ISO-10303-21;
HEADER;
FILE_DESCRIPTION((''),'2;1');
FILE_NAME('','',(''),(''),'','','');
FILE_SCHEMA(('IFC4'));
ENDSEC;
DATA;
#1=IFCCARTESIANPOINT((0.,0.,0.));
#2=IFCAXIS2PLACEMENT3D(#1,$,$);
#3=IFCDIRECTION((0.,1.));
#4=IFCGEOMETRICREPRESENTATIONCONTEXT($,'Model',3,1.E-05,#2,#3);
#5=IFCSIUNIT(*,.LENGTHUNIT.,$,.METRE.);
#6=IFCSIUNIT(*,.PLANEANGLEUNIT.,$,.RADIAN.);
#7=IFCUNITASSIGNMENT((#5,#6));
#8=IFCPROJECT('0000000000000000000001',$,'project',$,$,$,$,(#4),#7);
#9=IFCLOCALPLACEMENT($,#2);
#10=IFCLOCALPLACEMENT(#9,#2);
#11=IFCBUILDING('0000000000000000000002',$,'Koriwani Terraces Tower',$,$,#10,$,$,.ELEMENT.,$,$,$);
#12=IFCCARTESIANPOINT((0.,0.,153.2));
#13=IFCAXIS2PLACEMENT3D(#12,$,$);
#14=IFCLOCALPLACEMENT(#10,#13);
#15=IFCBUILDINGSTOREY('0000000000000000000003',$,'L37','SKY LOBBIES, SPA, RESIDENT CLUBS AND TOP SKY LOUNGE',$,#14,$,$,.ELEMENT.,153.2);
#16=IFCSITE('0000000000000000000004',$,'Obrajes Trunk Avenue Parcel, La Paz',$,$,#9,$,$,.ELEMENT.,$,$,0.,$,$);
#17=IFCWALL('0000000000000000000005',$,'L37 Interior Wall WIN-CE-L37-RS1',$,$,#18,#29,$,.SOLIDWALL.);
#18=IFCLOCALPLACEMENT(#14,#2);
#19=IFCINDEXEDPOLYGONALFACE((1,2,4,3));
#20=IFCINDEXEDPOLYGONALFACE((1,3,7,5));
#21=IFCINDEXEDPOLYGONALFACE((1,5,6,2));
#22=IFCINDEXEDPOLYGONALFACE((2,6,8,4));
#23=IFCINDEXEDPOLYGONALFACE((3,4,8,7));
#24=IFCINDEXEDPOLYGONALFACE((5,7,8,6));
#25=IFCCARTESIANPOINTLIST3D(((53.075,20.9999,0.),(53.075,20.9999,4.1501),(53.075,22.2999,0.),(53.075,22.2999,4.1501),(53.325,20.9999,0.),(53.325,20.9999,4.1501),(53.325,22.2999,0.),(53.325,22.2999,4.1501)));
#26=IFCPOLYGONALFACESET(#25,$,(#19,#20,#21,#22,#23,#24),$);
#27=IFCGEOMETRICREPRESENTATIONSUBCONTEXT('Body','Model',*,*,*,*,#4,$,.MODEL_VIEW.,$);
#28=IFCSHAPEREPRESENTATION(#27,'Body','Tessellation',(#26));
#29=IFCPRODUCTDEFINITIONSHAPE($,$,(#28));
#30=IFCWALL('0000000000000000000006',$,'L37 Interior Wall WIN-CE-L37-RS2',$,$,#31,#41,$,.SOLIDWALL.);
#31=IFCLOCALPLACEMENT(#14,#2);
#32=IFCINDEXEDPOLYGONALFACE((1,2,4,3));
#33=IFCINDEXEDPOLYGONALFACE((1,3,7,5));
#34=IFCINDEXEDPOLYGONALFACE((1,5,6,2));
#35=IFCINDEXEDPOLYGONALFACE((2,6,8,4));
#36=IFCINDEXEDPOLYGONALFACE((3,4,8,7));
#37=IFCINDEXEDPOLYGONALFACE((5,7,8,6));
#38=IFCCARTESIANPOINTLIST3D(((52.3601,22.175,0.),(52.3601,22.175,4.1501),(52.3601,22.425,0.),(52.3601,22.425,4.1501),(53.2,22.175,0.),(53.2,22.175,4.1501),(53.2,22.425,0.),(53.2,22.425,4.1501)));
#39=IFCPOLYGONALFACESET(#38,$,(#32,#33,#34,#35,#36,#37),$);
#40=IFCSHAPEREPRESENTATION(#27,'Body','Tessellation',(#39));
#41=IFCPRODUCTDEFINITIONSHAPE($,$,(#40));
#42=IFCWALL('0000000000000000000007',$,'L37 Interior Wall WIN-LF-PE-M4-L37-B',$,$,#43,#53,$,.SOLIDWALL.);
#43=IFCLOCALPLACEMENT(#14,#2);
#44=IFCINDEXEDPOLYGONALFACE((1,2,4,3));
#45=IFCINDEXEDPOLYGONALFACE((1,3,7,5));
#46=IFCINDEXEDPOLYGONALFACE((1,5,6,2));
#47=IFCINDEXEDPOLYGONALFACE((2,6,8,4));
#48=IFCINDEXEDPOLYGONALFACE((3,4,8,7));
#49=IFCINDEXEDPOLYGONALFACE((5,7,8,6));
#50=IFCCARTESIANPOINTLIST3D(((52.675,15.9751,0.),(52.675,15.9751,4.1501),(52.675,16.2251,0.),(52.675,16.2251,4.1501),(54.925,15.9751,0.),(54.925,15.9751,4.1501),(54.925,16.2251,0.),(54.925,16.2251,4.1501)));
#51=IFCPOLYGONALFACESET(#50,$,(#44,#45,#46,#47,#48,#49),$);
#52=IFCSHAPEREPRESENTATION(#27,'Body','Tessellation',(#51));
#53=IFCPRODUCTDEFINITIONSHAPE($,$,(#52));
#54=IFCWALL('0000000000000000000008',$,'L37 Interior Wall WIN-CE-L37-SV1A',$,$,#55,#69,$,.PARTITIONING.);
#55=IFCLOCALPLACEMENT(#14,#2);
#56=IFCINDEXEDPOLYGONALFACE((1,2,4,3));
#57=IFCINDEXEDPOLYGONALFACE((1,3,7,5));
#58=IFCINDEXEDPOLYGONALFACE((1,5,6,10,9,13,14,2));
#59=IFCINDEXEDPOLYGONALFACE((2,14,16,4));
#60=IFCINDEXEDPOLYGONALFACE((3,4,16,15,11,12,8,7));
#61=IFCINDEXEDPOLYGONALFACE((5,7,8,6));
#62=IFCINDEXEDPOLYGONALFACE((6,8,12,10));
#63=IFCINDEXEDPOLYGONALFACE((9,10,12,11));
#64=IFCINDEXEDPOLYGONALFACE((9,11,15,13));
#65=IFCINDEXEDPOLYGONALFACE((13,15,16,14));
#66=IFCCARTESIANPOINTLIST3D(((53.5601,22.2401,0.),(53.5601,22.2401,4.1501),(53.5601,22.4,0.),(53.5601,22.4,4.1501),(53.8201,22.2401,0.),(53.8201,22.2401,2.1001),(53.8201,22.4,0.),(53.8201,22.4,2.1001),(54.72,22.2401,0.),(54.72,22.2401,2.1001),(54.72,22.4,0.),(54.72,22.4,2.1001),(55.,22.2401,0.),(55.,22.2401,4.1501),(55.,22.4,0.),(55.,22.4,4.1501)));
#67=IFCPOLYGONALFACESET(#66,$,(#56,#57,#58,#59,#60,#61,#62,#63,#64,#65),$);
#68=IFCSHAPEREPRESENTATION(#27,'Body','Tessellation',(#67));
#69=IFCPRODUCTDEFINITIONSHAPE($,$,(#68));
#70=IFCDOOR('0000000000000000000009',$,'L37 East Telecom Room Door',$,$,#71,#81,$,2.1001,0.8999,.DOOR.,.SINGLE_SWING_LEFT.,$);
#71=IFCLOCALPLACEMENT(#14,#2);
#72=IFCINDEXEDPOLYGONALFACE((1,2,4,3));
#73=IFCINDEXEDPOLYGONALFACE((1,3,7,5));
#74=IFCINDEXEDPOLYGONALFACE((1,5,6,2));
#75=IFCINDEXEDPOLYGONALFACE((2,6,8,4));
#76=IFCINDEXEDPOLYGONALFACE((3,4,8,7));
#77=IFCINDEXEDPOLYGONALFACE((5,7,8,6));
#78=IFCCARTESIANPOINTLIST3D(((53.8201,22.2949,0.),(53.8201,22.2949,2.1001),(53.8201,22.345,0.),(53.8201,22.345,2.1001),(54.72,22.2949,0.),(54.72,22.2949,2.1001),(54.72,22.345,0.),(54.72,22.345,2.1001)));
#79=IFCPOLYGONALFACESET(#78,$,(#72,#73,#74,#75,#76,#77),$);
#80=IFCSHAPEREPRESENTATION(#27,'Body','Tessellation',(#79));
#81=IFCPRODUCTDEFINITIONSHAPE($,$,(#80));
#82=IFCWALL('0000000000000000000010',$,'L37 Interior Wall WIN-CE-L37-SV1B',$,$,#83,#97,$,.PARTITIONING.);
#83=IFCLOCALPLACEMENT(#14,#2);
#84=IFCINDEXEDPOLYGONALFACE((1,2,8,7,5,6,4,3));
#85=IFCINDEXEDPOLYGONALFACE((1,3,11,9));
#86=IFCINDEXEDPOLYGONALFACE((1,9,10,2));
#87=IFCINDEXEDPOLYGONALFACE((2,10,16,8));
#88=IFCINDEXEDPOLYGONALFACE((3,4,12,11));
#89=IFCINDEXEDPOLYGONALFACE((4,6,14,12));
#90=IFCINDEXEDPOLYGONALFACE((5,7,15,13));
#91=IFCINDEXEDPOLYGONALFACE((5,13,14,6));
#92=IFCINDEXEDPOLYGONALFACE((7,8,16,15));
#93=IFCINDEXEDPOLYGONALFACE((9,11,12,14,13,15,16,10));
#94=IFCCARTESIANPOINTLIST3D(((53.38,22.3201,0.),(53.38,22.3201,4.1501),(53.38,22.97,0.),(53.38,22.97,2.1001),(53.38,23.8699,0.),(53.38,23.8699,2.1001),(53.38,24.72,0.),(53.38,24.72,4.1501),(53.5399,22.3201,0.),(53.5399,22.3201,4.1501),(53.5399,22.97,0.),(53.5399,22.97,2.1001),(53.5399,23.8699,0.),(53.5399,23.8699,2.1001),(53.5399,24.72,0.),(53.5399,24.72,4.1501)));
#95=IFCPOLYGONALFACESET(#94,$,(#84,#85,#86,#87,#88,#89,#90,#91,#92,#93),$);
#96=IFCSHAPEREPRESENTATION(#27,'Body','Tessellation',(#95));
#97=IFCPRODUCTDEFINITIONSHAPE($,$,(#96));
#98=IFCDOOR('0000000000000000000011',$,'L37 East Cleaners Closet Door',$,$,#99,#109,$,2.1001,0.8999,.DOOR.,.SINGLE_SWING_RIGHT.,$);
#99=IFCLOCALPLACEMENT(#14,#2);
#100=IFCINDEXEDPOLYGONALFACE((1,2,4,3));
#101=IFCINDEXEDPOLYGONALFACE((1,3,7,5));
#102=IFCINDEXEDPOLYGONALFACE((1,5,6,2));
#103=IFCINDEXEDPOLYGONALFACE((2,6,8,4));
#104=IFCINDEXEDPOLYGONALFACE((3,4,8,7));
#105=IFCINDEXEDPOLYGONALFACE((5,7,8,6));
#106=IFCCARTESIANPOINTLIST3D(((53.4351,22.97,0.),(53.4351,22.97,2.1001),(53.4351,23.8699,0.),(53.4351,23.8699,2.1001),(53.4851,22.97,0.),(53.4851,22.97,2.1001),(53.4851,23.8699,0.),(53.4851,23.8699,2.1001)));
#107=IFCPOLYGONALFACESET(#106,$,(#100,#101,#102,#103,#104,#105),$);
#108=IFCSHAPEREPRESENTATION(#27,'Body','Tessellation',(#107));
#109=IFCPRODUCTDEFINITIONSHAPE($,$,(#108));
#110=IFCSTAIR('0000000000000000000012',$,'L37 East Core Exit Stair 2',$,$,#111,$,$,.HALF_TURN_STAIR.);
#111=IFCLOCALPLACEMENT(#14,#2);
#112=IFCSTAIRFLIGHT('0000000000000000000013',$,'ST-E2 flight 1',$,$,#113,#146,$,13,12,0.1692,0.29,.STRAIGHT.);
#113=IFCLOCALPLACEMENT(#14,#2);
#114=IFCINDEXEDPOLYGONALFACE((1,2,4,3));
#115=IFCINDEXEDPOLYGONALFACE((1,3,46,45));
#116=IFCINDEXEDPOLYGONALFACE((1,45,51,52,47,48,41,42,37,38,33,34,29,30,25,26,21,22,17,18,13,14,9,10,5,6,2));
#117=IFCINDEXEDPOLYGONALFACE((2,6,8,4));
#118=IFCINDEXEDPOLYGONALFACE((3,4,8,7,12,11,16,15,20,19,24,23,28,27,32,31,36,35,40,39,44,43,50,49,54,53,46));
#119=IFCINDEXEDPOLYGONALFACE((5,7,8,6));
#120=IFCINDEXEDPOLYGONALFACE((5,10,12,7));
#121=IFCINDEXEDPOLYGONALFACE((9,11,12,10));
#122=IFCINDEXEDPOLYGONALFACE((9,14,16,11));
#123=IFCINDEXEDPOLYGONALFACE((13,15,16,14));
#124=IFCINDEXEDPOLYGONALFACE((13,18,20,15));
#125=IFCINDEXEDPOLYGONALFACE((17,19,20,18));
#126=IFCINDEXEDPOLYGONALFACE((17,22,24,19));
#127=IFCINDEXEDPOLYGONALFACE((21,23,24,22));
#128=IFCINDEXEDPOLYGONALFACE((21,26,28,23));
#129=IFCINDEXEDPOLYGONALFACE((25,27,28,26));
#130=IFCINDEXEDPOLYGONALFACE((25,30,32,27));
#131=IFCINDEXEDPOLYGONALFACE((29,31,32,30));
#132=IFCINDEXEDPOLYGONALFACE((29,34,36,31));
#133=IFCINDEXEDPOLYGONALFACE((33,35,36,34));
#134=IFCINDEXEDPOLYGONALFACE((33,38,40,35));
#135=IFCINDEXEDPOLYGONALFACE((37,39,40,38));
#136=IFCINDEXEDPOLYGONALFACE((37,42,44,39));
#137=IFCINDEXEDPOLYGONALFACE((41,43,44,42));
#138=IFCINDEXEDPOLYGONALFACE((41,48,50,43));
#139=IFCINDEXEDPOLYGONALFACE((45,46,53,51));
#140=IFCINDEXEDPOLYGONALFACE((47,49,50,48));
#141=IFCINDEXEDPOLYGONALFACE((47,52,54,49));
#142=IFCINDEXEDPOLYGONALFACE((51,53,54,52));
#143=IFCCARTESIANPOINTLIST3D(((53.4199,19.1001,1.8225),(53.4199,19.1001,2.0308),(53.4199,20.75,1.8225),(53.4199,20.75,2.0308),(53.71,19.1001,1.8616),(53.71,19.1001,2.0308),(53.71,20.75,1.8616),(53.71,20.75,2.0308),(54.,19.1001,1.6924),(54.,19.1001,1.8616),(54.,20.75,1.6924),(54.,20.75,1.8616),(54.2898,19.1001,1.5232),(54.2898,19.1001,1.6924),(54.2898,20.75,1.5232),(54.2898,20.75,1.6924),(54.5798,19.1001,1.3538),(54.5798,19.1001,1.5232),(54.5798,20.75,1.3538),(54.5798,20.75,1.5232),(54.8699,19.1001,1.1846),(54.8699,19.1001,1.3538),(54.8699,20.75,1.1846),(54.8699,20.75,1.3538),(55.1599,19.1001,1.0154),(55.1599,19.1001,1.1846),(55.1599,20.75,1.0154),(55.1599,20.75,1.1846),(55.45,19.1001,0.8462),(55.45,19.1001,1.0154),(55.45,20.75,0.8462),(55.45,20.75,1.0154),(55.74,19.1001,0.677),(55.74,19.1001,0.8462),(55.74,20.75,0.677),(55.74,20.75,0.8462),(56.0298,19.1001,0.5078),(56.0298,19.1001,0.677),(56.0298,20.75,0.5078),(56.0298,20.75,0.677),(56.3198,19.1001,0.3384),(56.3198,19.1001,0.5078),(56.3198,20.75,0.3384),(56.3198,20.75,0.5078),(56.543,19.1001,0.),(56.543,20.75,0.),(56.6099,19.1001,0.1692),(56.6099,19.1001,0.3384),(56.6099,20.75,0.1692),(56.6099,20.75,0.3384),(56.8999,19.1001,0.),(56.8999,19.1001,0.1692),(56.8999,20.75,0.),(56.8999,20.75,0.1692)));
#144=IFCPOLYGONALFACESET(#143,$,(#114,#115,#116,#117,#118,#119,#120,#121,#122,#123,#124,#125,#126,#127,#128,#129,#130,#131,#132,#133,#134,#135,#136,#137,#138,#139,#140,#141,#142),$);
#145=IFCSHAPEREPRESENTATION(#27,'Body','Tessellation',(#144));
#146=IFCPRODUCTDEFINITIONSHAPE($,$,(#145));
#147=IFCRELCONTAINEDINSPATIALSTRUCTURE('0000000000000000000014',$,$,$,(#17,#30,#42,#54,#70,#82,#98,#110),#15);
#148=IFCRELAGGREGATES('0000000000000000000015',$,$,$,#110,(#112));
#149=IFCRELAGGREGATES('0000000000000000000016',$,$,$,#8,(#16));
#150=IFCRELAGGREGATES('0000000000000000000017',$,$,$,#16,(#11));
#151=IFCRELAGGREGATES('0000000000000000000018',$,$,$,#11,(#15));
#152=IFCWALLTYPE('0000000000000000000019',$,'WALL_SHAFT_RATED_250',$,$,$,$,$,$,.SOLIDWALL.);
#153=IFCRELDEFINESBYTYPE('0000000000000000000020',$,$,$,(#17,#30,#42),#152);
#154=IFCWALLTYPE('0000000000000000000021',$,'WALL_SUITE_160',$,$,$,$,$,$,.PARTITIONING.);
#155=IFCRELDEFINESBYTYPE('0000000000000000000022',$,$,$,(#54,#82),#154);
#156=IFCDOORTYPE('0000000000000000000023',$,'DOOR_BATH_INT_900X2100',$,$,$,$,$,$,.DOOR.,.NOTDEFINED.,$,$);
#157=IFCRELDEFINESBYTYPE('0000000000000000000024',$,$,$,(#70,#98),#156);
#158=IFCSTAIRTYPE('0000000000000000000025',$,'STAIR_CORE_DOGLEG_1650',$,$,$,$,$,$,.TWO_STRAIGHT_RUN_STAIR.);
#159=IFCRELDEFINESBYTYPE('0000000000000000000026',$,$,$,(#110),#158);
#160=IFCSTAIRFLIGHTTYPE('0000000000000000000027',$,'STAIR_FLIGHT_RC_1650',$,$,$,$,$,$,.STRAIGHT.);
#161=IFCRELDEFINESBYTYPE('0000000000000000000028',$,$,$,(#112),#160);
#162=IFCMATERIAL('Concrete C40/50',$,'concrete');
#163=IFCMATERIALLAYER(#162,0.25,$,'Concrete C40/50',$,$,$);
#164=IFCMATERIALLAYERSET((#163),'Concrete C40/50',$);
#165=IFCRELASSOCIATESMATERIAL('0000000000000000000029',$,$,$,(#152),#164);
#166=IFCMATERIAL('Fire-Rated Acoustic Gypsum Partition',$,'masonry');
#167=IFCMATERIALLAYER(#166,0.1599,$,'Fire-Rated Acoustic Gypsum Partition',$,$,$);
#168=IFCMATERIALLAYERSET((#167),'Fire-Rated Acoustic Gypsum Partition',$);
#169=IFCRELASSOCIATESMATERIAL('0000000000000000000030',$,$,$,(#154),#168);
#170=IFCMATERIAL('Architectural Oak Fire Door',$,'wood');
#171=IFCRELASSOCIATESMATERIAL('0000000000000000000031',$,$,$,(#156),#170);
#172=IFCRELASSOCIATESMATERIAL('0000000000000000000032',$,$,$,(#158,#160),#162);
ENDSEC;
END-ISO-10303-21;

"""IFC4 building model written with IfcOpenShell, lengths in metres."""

from ifc_helpers import new_model, si_unit, direction, frame, frame_2d, origin, place, context, subcontext, project, spatial, polyline, rectangle, outline, extrude, material, layer, layer_set, type_object, element, fill, aggregate, save


model = new_model("IFC4")

# Units and contexts
model_context = context("Model", 3, precision=1e-05, world=origin(), true_north=direction((0.0, 1.0)))
body_context = subcontext(model_context, "Body", "Model", "MODEL_VIEW")
ifc_project = project(units=[si_unit("LENGTHUNIT", "METRE"), si_unit("PLANEANGLEUNIT", "RADIAN")], contexts=[model_context])

# Site, building, storey
site_placement = place(None, origin())
site = spatial("IfcSite", under=ifc_project, at=site_placement, Name="Obrajes Trunk Avenue Parcel, La Paz", CompositionType="ELEMENT", RefElevation=0.0)
building_placement = place(site_placement, origin())
building = spatial("IfcBuilding", under=site, at=building_placement, Name="Koriwani Terraces Tower", CompositionType="ELEMENT")
storey_placement = place(building_placement, frame((0.0, 0.0, 153.2)))
storey = spatial("IfcBuildingStorey", under=building, at=storey_placement, Name="L37", Description="SKY LOBBIES, SPA, RESIDENT CLUBS AND TOP SKY LOUNGE", CompositionType="ELEMENT", Elevation=153.2)

# Shared definitions
ifc_material_1 = material(Name="Concrete C40/50", Category="concrete")

# Shared definitions
ifc_layer_1 = layer(ifc_material_1, 0.25, Name="Concrete C40/50")
ifc_layer_set_1 = layer_set([ifc_layer_1], Name="Concrete C40/50")
wall_type_1 = type_object("IfcWallType", Name="WALL_SHAFT_RATED_250", PredefinedType="SOLIDWALL", material=ifc_layer_set_1)

# Walls
wall_1_placement = place(storey_placement, frame((53.2, 21.0, 0.0), z_axis=(0.0, 0.0, 1.0), x_axis=(0.0, 1.0, 0.0)))
element("IfcWall", 1, at=wall_1_placement, inside=storey, type_object=wall_type_1, Name="L37 Interior Wall WIN-CE-L37-RS1", PredefinedType="SOLIDWALL", context=body_context, shape_type="SweptSolid", body=[
    extrude(rectangle(XDim=1.3, YDim=0.25, at=frame_2d((0.6499, 0.0))), origin(), (0.0, 0.0, 1.0), 4.1501),
])
wall_2_placement = place(storey_placement, frame((52.3601, 22.3, 0.0), z_axis=(0.0, 0.0, 1.0), x_axis=(1.0, 0.0, 0.0)))
element("IfcWall", 2, at=wall_2_placement, inside=storey, type_object=wall_type_1, Name="L37 Interior Wall WIN-CE-L37-RS2", PredefinedType="SOLIDWALL", context=body_context, shape_type="SweptSolid", body=[
    extrude(rectangle(XDim=0.8398, YDim=0.25, at=frame_2d((0.4199, 0.0))), origin(), (0.0, 0.0, 1.0), 4.1501),
])
wall_3_placement = place(storey_placement, frame((52.675, 16.1001, 0.0), z_axis=(0.0, 0.0, 1.0), x_axis=(1.0, 0.0, 0.0)))
element("IfcWall", 3, at=wall_3_placement, inside=storey, type_object=wall_type_1, Name="L37 Interior Wall WIN-LF-PE-M4-L37-B", PredefinedType="SOLIDWALL", context=body_context, shape_type="SweptSolid", body=[
    extrude(rectangle(XDim=2.25, YDim=0.25, at=frame_2d((1.125, 0.0))), origin(), (0.0, 0.0, 1.0), 4.1501),
])

# Walls, openings, doors
ifc_material_2 = material(Name="Fire-Rated Acoustic Gypsum Partition", Category="masonry")
ifc_layer_2 = layer(ifc_material_2, 0.1599, Name="Fire-Rated Acoustic Gypsum Partition")
ifc_layer_set_2 = layer_set([ifc_layer_2], Name="Fire-Rated Acoustic Gypsum Partition")
wall_type_2 = type_object("IfcWallType", Name="WALL_SUITE_160", PredefinedType="PARTITIONING", material=ifc_layer_set_2)
wall_4_placement = place(storey_placement, frame((53.5601, 22.3201, 0.0), z_axis=(0.0, 0.0, 1.0), x_axis=(1.0, 0.0, 0.0)))
wall_4 = element("IfcWall", 4, at=wall_4_placement, inside=storey, type_object=wall_type_2, Name="L37 Interior Wall WIN-CE-L37-SV1A", PredefinedType="PARTITIONING", context=body_context, shape_type="SweptSolid", body=[
    extrude(rectangle(XDim=1.4399, YDim=0.1599, at=frame_2d((0.72, 0.0))), origin(), (0.0, 0.0, 1.0), 4.1501),
])
opening_1_placement = place(wall_4_placement, frame((0.26, 0.0, 0.0)))
opening_1 = element("IfcOpeningElement", 5, at=opening_1_placement, cuts=wall_4, PredefinedType="OPENING", context=body_context, shape_type="SweptSolid", body=[
    extrude(rectangle(XDim=0.8999, YDim=2.1001, at=frame_2d((0.45, 1.05))), frame((0.0, 0.0898, 0.0), z_axis=(0.0, -1.0, 0.0), x_axis=(1.0, 0.0, 0.0)), (0.0, 0.0, 1.0), 0.1799),
])
ifc_material_3 = material(Name="Architectural Oak Fire Door", Category="wood")
door_type_1 = type_object("IfcDoorType", Name="DOOR_BATH_INT_900X2100", OperationType="NOTDEFINED", PredefinedType="DOOR", material=ifc_material_3)
door_1_placement = place(opening_1_placement, origin())
door_1 = element("IfcDoor", 6, at=door_1_placement, inside=storey, type_object=door_type_1, Name="L37 East Telecom Room Door", OperationType="SINGLE_SWING_LEFT", OverallHeight=2.1001, OverallWidth=0.8999, PredefinedType="DOOR", context=body_context, shape_type="SweptSolid", body=[
    extrude(rectangle(XDim=0.8999, YDim=2.1001, at=frame_2d((0.45, 1.05))), frame((0.0, 0.0249, 0.0), z_axis=(0.0, -1.0, 0.0), x_axis=(1.0, 0.0, 0.0)), (0.0, 0.0, 1.0), 0.05),
])
fill(opening_1, door_1)
wall_5_placement = place(storey_placement, frame((53.46, 22.3201, 0.0), z_axis=(0.0, 0.0, 1.0), x_axis=(0.0, 1.0, 0.0)))
wall_5 = element("IfcWall", 7, at=wall_5_placement, inside=storey, type_object=wall_type_2, Name="L37 Interior Wall WIN-CE-L37-SV1B", PredefinedType="PARTITIONING", context=body_context, shape_type="SweptSolid", body=[
    extrude(rectangle(XDim=2.3999, YDim=0.1599, at=frame_2d((1.2, 0.0))), origin(), (0.0, 0.0, 1.0), 4.1501),
])
opening_2_placement = place(wall_5_placement, frame((0.6499, 0.0, 0.0)))
opening_2 = element("IfcOpeningElement", 8, at=opening_2_placement, cuts=wall_5, PredefinedType="OPENING", context=body_context, shape_type="SweptSolid", body=[
    extrude(rectangle(XDim=0.8999, YDim=2.1001, at=frame_2d((0.45, 1.05))), frame((0.0, 0.0898, 0.0), z_axis=(0.0, -1.0, 0.0), x_axis=(1.0, 0.0, 0.0)), (0.0, 0.0, 1.0), 0.1799),
])
door_2_placement = place(opening_2_placement, origin())
door_2 = element("IfcDoor", 9, at=door_2_placement, inside=storey, type_object=door_type_1, Name="L37 East Cleaners Closet Door", OperationType="SINGLE_SWING_RIGHT", OverallHeight=2.1001, OverallWidth=0.8999, PredefinedType="DOOR", context=body_context, shape_type="SweptSolid", body=[
    extrude(rectangle(XDim=0.8999, YDim=2.1001, at=frame_2d((0.45, 1.05))), frame((0.0, 0.0249, 0.0), z_axis=(0.0, -1.0, 0.0), x_axis=(1.0, 0.0, 0.0)), (0.0, 0.0, 1.0), 0.05),
])
fill(opening_2, door_2)

# Stair, stair flight
stair_type = type_object("IfcStairType", Name="STAIR_CORE_DOGLEG_1650", PredefinedType="TWO_STRAIGHT_RUN_STAIR", material=ifc_material_1)
stair_placement = place(storey_placement, origin())
stair = element("IfcStair", 10, at=stair_placement, inside=storey, type_object=stair_type, Name="L37 East Core Exit Stair 2", PredefinedType="HALF_TURN_STAIR")
stair_flight_type = type_object("IfcStairFlightType", Name="STAIR_FLIGHT_RC_1650", PredefinedType="STRAIGHT", material=ifc_material_1)
stair_flight_1_placement = place(storey_placement, frame((56.8999, 19.925, 0.0), z_axis=(0.0, 0.0, 1.0), x_axis=(-1.0, 0.0, 0.0)))
stair_flight_1 = element("IfcStairFlight", 11, at=stair_flight_1_placement, type_object=stair_flight_type, Name="ST-E2 flight 1", NumberOfRisers=13, NumberOfTreads=12, PredefinedType="STRAIGHT", RiserHeight=0.1692, TreadLength=0.29, context=body_context, shape_type="SweptSolid", body=[
    extrude(outline(polyline([(0.0, 0.0), (0.0, 0.1692), (0.29, 0.1692), (0.29, 0.3384), (0.5801, 0.3384), (0.5801, 0.5078), (0.8701, 0.5078), (0.8701, 0.677), (1.1599, 0.677), (1.1599, 0.8462), (1.45, 0.8462), (1.45, 1.0154), (1.74, 1.0154), (1.74, 1.1846), (2.03, 1.1846), (2.03, 1.3538), (2.3201, 1.3538), (2.3201, 1.5232), (2.6101, 1.5232), (2.6101, 1.6924), (2.8999, 1.6924), (2.8999, 1.8616), (3.1899, 1.8616), (3.1899, 2.0308), (3.48, 2.0308), (3.48, 2.2), (3.48, 1.8225), (0.3569, 0.0), (0.0, 0.0)])), frame((0.0, 0.825, 0.0), z_axis=(0.0, -1.0, 0.0), x_axis=(1.0, 0.0, 0.0)), (0.0, 0.0, 1.0), 1.6499),
])
aggregate(stair, [stair_flight_1])

save(model, "model.ifc")
